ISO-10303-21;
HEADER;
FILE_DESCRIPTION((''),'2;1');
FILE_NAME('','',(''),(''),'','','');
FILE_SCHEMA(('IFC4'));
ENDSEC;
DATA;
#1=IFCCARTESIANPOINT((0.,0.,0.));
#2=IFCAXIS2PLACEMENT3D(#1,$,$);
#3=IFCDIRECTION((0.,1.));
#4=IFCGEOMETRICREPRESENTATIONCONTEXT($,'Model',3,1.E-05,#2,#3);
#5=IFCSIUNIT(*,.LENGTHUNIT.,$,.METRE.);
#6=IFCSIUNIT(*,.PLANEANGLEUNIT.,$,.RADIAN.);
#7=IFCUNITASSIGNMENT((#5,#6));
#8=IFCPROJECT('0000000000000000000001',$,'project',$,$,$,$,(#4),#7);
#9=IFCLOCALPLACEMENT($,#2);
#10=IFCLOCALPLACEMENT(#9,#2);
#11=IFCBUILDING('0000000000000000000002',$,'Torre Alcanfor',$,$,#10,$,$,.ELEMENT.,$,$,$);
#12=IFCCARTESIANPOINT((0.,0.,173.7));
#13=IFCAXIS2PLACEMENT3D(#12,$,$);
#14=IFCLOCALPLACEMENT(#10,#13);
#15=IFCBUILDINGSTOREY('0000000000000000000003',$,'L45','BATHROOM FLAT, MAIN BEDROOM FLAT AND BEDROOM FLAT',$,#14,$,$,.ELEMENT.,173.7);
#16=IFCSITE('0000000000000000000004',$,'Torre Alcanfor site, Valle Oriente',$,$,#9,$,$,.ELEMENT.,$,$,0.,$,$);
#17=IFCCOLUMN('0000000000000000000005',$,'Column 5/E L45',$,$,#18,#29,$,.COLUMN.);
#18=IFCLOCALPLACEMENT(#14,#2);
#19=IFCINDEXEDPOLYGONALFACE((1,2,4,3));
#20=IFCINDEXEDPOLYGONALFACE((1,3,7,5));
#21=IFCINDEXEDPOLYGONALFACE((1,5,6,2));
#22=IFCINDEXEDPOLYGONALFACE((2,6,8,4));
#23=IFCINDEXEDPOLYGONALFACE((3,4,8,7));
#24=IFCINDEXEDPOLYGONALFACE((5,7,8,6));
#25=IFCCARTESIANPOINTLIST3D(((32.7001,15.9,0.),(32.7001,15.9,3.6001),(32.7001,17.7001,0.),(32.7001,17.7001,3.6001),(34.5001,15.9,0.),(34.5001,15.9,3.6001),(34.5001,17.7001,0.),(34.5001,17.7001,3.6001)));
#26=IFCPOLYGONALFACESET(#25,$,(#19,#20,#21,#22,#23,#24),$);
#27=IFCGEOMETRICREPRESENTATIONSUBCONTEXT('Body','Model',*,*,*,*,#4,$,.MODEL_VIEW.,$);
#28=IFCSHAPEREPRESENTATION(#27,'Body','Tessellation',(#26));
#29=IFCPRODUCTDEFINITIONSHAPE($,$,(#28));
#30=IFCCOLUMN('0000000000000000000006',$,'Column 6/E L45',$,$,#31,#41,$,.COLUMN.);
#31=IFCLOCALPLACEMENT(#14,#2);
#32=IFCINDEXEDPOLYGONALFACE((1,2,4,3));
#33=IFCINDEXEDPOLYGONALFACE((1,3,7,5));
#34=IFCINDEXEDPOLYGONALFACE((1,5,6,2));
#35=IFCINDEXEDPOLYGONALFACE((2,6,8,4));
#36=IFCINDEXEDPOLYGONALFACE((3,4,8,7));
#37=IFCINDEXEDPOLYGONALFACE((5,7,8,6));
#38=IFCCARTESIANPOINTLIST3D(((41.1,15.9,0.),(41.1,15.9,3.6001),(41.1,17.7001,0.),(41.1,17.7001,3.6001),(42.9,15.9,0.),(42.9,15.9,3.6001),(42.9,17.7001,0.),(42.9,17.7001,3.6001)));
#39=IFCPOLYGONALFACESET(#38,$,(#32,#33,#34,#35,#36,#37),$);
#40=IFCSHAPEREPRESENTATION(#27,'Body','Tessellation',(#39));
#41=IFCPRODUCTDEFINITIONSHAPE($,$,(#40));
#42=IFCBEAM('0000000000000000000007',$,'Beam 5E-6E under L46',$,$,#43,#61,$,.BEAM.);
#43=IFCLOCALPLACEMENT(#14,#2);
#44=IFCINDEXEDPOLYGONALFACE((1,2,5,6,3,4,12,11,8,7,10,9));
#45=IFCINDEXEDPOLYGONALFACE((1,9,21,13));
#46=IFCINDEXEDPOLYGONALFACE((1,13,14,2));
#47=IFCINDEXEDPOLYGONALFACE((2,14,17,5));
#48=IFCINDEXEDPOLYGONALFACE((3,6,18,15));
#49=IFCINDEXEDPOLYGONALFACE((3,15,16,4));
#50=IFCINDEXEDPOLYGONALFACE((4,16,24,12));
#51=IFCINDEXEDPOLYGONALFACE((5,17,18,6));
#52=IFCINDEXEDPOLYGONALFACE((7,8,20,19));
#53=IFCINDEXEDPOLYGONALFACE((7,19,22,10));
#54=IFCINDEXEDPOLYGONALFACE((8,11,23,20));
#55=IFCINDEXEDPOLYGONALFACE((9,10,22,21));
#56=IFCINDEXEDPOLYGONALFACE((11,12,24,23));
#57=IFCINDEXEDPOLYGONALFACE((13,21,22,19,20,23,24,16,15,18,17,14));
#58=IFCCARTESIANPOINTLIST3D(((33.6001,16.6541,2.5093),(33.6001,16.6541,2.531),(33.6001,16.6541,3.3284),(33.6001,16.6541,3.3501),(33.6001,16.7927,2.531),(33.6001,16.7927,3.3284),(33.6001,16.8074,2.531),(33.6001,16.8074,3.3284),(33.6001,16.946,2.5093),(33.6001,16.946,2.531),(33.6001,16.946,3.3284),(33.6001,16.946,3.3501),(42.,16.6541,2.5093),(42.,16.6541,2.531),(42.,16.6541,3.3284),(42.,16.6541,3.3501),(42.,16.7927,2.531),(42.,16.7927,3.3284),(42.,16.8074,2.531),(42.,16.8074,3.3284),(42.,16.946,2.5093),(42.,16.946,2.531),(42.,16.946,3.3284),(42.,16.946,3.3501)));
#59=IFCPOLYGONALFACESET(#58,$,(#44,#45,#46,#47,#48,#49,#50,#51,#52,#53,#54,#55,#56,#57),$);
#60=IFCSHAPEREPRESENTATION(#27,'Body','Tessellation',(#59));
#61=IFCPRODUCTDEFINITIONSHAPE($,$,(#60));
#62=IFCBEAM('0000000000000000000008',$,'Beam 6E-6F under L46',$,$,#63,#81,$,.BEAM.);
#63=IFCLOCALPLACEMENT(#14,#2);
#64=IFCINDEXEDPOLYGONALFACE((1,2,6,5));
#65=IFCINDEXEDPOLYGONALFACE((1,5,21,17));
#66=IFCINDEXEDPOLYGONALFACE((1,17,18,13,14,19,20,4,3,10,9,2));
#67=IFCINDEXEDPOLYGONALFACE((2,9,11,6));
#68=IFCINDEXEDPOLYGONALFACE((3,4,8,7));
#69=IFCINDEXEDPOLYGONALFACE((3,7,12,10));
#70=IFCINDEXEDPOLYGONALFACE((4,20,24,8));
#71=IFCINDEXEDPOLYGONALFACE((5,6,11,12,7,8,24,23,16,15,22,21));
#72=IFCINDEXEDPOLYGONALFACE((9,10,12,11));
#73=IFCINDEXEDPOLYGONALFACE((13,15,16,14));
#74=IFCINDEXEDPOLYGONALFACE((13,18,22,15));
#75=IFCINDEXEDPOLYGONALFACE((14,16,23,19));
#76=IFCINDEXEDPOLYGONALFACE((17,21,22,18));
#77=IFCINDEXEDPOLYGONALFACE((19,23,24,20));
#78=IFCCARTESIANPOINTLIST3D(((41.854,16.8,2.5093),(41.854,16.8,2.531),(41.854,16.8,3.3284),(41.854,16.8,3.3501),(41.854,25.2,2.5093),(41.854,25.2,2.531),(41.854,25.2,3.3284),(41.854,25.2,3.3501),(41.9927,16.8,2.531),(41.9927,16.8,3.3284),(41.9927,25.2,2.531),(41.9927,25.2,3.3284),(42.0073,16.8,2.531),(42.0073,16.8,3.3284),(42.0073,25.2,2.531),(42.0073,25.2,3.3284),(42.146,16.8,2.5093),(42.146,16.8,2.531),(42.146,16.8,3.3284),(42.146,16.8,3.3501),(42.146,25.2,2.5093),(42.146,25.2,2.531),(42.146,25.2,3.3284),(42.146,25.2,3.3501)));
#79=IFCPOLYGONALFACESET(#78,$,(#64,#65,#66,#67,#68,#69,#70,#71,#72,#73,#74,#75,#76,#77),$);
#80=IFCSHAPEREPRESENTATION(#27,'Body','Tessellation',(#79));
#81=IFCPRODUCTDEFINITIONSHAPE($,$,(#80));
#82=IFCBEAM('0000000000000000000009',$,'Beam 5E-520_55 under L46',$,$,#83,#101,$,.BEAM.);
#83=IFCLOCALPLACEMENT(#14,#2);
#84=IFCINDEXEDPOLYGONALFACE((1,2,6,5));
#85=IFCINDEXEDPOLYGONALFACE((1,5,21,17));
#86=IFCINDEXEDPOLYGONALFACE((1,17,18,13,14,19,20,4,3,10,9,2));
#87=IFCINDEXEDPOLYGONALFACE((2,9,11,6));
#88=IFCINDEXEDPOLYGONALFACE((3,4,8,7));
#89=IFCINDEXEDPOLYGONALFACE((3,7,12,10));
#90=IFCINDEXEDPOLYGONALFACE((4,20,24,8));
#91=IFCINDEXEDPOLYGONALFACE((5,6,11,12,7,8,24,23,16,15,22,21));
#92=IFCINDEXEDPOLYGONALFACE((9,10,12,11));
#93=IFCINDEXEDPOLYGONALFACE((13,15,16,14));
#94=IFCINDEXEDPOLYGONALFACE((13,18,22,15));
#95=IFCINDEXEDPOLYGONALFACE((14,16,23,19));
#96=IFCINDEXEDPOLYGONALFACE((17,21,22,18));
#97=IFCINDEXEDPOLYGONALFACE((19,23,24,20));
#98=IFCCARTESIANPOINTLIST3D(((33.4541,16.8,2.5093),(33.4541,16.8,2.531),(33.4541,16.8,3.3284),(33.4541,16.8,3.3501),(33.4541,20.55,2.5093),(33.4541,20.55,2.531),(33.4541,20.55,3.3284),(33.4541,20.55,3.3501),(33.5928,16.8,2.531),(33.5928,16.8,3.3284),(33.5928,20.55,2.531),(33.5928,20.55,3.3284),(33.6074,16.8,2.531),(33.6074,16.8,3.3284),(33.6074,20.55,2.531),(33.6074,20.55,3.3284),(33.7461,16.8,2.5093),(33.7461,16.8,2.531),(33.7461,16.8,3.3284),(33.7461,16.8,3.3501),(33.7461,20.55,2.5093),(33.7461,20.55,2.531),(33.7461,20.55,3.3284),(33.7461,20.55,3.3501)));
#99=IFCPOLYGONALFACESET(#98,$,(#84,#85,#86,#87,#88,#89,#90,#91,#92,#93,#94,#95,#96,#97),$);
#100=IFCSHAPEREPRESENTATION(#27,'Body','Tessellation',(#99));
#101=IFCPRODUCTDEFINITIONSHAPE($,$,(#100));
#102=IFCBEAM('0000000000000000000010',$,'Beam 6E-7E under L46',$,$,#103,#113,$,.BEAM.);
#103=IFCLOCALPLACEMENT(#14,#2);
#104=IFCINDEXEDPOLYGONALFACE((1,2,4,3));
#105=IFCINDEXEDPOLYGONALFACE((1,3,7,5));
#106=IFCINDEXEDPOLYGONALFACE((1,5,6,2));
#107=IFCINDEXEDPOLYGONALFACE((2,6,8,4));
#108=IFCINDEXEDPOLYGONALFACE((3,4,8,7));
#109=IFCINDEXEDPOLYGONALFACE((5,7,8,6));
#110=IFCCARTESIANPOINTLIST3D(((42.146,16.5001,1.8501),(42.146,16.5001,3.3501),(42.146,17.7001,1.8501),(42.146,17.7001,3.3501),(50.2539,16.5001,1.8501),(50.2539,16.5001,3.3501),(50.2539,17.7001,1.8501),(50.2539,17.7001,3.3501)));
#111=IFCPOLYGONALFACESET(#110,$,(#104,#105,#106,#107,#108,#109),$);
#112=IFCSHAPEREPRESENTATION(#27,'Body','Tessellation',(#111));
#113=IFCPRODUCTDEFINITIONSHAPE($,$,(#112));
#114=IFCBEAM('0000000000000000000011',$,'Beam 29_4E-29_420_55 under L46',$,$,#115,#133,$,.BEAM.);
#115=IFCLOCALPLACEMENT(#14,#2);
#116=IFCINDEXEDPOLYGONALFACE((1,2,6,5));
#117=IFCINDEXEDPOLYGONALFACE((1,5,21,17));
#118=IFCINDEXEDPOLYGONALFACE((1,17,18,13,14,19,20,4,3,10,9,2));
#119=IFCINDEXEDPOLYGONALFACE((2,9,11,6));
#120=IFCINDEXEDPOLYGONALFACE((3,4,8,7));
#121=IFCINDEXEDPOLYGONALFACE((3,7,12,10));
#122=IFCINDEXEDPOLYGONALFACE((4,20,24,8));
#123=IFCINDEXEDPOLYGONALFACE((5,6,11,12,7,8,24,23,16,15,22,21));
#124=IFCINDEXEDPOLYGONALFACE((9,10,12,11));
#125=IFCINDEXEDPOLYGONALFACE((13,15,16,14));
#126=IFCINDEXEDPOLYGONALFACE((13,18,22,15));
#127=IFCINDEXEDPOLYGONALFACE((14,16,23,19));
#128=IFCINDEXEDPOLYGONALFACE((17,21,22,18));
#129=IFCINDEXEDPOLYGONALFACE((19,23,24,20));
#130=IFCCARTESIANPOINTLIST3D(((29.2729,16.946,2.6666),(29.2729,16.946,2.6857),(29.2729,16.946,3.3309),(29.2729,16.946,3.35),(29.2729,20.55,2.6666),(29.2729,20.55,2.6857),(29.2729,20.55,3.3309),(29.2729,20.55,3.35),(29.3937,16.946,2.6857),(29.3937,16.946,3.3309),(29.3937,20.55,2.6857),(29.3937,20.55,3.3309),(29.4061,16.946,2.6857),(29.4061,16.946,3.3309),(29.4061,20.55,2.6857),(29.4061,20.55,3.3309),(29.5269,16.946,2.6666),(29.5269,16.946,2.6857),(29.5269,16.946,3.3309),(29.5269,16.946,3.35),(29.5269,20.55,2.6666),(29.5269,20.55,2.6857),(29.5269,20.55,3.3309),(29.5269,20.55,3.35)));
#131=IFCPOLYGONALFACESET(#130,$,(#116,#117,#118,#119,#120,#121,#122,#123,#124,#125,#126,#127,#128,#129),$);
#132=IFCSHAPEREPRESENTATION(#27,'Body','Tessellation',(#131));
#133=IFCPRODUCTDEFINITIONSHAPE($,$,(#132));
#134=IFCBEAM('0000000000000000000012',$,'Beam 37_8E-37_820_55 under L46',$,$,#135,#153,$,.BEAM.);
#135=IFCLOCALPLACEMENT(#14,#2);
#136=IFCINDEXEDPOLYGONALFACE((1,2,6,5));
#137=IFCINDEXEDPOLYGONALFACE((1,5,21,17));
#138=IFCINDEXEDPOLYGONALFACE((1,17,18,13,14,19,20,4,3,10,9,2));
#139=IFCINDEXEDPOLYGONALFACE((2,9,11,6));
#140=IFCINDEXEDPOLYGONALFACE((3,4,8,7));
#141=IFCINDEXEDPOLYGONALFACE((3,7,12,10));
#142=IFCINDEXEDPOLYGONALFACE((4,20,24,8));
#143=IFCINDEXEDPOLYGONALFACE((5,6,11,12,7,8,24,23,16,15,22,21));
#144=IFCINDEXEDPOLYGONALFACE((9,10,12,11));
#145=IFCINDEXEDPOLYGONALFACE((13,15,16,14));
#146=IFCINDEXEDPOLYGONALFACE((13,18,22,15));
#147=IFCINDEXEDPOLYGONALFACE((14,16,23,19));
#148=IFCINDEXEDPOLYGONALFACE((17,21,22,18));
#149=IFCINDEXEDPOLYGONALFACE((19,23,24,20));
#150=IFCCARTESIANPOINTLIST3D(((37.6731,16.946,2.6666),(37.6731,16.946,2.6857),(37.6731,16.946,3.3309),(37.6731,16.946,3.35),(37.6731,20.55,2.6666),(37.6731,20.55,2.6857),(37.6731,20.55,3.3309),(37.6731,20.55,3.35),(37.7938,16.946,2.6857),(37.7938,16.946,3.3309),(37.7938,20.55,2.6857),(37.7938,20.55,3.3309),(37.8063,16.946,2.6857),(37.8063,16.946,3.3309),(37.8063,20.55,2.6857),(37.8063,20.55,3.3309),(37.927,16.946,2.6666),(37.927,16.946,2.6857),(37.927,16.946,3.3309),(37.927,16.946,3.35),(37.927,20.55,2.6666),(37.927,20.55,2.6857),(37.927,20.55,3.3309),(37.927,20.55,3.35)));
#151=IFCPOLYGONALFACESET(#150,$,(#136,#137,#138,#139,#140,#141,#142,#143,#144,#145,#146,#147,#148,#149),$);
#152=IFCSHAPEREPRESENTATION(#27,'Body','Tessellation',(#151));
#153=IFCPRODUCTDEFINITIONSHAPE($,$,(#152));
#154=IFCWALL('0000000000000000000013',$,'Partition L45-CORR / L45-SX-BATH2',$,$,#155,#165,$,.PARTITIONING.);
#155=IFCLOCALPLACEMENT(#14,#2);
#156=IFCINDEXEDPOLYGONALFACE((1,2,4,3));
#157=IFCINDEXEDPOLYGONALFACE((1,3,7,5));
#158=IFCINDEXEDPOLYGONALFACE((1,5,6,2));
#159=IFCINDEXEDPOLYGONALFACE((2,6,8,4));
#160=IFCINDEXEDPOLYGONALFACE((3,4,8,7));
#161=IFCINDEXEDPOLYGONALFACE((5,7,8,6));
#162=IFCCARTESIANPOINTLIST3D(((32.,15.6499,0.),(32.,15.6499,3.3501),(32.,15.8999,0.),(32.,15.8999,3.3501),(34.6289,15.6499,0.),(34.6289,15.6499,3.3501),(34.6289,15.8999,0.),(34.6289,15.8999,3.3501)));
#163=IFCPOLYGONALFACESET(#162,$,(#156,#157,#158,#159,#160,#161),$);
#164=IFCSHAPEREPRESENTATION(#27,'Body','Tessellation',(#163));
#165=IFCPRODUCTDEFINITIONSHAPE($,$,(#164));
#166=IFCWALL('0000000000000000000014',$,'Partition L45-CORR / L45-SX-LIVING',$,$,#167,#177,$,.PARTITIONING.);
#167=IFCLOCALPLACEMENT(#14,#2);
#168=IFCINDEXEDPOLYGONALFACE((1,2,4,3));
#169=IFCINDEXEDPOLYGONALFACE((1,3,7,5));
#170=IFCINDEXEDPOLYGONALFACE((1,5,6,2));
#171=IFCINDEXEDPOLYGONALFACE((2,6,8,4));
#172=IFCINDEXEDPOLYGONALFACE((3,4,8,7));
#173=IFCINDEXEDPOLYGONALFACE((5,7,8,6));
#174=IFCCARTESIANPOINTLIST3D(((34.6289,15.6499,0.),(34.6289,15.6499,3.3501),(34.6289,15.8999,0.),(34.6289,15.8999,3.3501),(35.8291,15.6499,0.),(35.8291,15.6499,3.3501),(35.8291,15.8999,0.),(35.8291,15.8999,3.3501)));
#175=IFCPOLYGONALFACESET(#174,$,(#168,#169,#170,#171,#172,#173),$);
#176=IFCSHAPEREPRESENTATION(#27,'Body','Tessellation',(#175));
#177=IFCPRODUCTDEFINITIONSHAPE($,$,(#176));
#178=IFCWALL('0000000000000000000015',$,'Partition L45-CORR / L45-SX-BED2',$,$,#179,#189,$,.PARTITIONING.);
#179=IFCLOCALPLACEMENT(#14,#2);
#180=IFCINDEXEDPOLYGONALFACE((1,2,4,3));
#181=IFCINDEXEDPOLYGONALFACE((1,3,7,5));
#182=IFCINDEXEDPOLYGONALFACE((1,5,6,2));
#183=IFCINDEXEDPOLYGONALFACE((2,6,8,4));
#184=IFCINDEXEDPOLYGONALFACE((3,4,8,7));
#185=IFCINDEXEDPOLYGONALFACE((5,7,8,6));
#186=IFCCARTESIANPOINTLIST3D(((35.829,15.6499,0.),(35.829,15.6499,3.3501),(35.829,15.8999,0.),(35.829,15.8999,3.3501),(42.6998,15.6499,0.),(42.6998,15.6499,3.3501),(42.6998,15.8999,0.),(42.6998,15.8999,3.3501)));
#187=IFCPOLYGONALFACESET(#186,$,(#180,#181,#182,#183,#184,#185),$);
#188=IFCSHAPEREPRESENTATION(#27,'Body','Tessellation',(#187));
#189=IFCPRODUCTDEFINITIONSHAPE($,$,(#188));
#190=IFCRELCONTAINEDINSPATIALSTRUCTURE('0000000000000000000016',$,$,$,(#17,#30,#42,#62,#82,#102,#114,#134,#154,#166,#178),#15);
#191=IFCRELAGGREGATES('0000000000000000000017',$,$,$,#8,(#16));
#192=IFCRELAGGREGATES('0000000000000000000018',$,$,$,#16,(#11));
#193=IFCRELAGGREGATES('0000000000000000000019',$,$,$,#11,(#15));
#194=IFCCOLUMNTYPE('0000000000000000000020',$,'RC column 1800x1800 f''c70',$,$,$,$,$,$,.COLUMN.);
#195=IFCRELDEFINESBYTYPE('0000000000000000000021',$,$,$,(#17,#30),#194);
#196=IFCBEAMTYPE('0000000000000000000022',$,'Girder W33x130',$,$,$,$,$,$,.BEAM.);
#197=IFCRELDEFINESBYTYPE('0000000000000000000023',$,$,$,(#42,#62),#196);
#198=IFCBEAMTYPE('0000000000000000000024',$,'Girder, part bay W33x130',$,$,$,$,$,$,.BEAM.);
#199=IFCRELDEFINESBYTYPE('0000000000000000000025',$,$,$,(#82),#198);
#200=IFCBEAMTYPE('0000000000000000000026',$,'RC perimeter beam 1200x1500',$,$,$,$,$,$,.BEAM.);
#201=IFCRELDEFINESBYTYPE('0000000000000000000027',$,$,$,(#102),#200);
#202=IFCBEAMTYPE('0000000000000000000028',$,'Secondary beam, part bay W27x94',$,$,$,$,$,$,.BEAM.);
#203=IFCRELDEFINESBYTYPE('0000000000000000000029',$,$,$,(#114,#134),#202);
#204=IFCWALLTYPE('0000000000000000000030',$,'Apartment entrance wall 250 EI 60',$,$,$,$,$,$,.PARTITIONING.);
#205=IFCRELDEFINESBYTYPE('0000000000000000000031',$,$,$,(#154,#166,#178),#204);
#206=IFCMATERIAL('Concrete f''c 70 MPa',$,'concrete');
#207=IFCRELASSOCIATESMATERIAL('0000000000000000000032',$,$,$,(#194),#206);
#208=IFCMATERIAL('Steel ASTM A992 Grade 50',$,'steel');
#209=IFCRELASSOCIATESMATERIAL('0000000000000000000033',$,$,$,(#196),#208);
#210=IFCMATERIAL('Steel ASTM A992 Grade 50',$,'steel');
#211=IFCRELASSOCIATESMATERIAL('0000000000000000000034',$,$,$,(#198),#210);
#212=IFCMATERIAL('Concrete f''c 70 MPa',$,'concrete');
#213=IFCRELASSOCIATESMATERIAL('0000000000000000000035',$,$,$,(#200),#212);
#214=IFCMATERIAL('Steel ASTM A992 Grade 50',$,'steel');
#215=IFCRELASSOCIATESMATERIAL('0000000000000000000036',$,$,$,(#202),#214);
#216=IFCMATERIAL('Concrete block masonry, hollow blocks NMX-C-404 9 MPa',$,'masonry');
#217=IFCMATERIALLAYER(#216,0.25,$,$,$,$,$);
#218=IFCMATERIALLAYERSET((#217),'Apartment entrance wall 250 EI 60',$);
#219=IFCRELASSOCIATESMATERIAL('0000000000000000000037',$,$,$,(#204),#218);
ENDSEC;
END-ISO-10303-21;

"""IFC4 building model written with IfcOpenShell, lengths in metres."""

from ifc_helpers import new_model, si_unit, direction, frame, frame_2d, origin, origin_2d, place, context, subcontext, project, spatial, rectangle, i_section, extrude, material, layer, layer_set, material_profile, profile_set, type_object, element, save


model = new_model("IFC4")

# Units and contexts
model_context = context("Model", 3, precision=1e-05, world=origin(), true_north=direction((0.0, 1.0)))
body_context = subcontext(model_context, "Body", "Model", "MODEL_VIEW")
ifc_project = project(units=[si_unit("LENGTHUNIT", "METRE"), si_unit("PLANEANGLEUNIT", "RADIAN")], contexts=[model_context])

# Site, building, storey
site_placement = place(None, origin())
site = spatial("IfcSite", under=ifc_project, at=site_placement, Name="Torre Alcanfor site, Valle Oriente", CompositionType="ELEMENT", RefElevation=0.0)
building_placement = place(site_placement, origin())
building = spatial("IfcBuilding", under=site, at=building_placement, Name="Torre Alcanfor", CompositionType="ELEMENT")
storey_placement = place(building_placement, frame((0.0, 0.0, 173.7)))
storey = spatial("IfcBuildingStorey", under=building, at=storey_placement, Name="L45", Description="BATHROOM FLAT, MAIN BEDROOM FLAT AND BEDROOM FLAT", CompositionType="ELEMENT", Elevation=173.7)

# Columns
ifc_material_1 = material(Name="Concrete f'c 70 MPa", Category="concrete")
ifc_material_profile_1 = material_profile(ifc_material_1, rectangle(XDim=1.8, YDim=1.8, at=origin_2d()), Name="1800x1800")
ifc_profile_set_1 = profile_set([ifc_material_profile_1], Name="Concrete f'c 70 MPa")
column_type = type_object("IfcColumnType", Name="RC column 1800x1800 f'c70", PredefinedType="COLUMN", material=ifc_profile_set_1)
for number, where, z_axis, x_axis, name in (
    (1, (33.6001, 16.8, 0.0), (0.0, 0.0, 1.0), (1.0, 0.0, 0.0), "Column 5/E L45"),
    (2, (42.0, 16.8, 0.0), (0.0, 0.0, 1.0), (1.0, 0.0, 0.0), "Column 6/E L45"),
):
    element("IfcColumn", number, at=place(storey_placement, frame(where, z_axis=z_axis, x_axis=x_axis)), inside=storey, type_object=column_type, Name=name, PredefinedType="COLUMN", context=body_context, shape_type="SweptSolid", body=[
        extrude(rectangle(XDim=1.8, YDim=1.8, at=origin_2d()), origin(), (0.0, 0.0, 1.0), 3.6001),
    ])

# Beams
ifc_material_2 = material(Name="Steel ASTM A992 Grade 50", Category="steel")
ifc_material_profile_2 = material_profile(ifc_material_2, i_section(OverallWidth=0.292, OverallDepth=0.8408, WebThickness=0.0146, FlangeThickness=0.0217, at=origin_2d()), Name="W33x130")
ifc_profile_set_2 = profile_set([ifc_material_profile_2], Name="Steel ASTM A992 Grade 50")
beam_type_1 = type_object("IfcBeamType", Name="Girder W33x130", PredefinedType="BEAM", material=ifc_profile_set_2)
for number, where, z_axis, x_axis, name in (
    (3, (33.6001, 16.8, 2.9297), (1.0, 0.0, 0.0), (0.0, 1.0, 0.0), "Beam 5E-6E under L46"),
    (4, (42.0, 16.8, 2.9297), (0.0, 1.0, 0.0), (-1.0, 0.0, 0.0), "Beam 6E-6F under L46"),
):
    element("IfcBeam", number, at=place(storey_placement, frame(where, z_axis=z_axis, x_axis=x_axis)), inside=storey, type_object=beam_type_1, Name=name, PredefinedType="BEAM", context=body_context, shape_type="SweptSolid", body=[
        extrude(i_section(OverallWidth=0.292, OverallDepth=0.8408, WebThickness=0.0146, FlangeThickness=0.0217, at=origin_2d()), origin(), (0.0, 0.0, 1.0), 8.3999),
    ])
ifc_material_3 = material(Name="Steel ASTM A992 Grade 50", Category="steel")
ifc_material_profile_3 = material_profile(ifc_material_3, i_section(OverallWidth=0.292, OverallDepth=0.8408, WebThickness=0.0146, FlangeThickness=0.0217, at=origin_2d()), Name="W33x130")
ifc_profile_set_3 = profile_set([ifc_material_profile_3], Name="Steel ASTM A992 Grade 50")
beam_type_2 = type_object("IfcBeamType", Name="Girder, part bay W33x130", PredefinedType="BEAM", material=ifc_profile_set_3)
beam_1_placement = place(storey_placement, frame((33.6001, 16.8, 2.9297), z_axis=(0.0, 1.0, 0.0), x_axis=(-1.0, 0.0, 0.0)))
element("IfcBeam", 5, at=beam_1_placement, inside=storey, type_object=beam_type_2, Name="Beam 5E-520_55 under L46", PredefinedType="BEAM", context=body_context, shape_type="SweptSolid", body=[
    extrude(i_section(OverallWidth=0.292, OverallDepth=0.8408, WebThickness=0.0146, FlangeThickness=0.0217, at=origin_2d()), origin(), (0.0, 0.0, 1.0), 3.75),
])
ifc_material_4 = material(Name="Concrete f'c 70 MPa", Category="concrete")
ifc_material_profile_4 = material_profile(ifc_material_4, rectangle(XDim=1.2, YDim=1.5, at=origin_2d()), Name="1200x1500")
ifc_profile_set_4 = profile_set([ifc_material_profile_4], Name="Concrete f'c 70 MPa")
beam_type_3 = type_object("IfcBeamType", Name="RC perimeter beam 1200x1500", PredefinedType="BEAM", material=ifc_profile_set_4)
beam_2_placement = place(storey_placement, frame((42.146, 17.1001, 2.6001), z_axis=(1.0, 0.0, 0.0), x_axis=(0.0, 1.0, 0.0)))
element("IfcBeam", 6, at=beam_2_placement, inside=storey, type_object=beam_type_3, Name="Beam 6E-7E under L46", PredefinedType="BEAM", context=body_context, shape_type="SweptSolid", body=[
    extrude(rectangle(XDim=1.2, YDim=1.5, at=origin_2d()), origin(), (0.0, 0.0, 1.0), 8.1079),
])
ifc_material_5 = material(Name="Steel ASTM A992 Grade 50", Category="steel")
ifc_material_profile_5 = material_profile(ifc_material_5, i_section(OverallWidth=0.2539, OverallDepth=0.6833, WebThickness=0.0125, FlangeThickness=0.019, at=origin_2d()), Name="W27x94")
ifc_profile_set_5 = profile_set([ifc_material_profile_5], Name="Steel ASTM A992 Grade 50")
beam_type_4 = type_object("IfcBeamType", Name="Secondary beam, part bay W27x94", PredefinedType="BEAM", material=ifc_profile_set_5)
for number, where, z_axis, x_axis, name in (
    (7, (29.3999, 16.946, 3.0083), (0.0, 1.0, 0.0), (-1.0, 0.0, 0.0), "Beam 29_4E-29_420_55 under L46"),
    (8, (37.8, 16.946, 3.0083), (0.0, 1.0, 0.0), (-1.0, 0.0, 0.0), "Beam 37_8E-37_820_55 under L46"),
):
    element("IfcBeam", number, at=place(storey_placement, frame(where, z_axis=z_axis, x_axis=x_axis)), inside=storey, type_object=beam_type_4, Name=name, PredefinedType="BEAM", context=body_context, shape_type="SweptSolid", body=[
        extrude(i_section(OverallWidth=0.2539, OverallDepth=0.6833, WebThickness=0.0125, FlangeThickness=0.019, at=origin_2d()), origin(), (0.0, 0.0, 1.0), 3.604),
    ])

# Walls
ifc_material_6 = material(Name="Concrete block masonry, hollow blocks NMX-C-404 9 MPa", Category="masonry")
ifc_layer_1 = layer(ifc_material_6, 0.25)
ifc_layer_set_1 = layer_set([ifc_layer_1], Name="Apartment entrance wall 250 EI 60")
wall_type_1 = type_object("IfcWallType", Name="Apartment entrance wall 250 EI 60", PredefinedType="PARTITIONING", material=ifc_layer_set_1)
wall_1_placement = place(storey_placement, frame((34.6289, 15.7749, 0.0), z_axis=(0.0, 0.0, 1.0), x_axis=(-1.0, 0.0, 0.0)))
element("IfcWall", 9, at=wall_1_placement, inside=storey, type_object=wall_type_1, Name="Partition L45-CORR / L45-SX-BATH2", PredefinedType="PARTITIONING", context=body_context, shape_type="SweptSolid", body=[
    extrude(rectangle(XDim=2.6289, YDim=0.25, at=frame_2d((1.3145, 0.0))), origin(), (0.0, 0.0, 1.0), 3.3501),
])
wall_2_placement = place(storey_placement, frame((35.8291, 15.7749, 0.0), z_axis=(0.0, 0.0, 1.0), x_axis=(-1.0, 0.0, 0.0)))
element("IfcWall", 10, at=wall_2_placement, inside=storey, type_object=wall_type_1, Name="Partition L45-CORR / L45-SX-LIVING", PredefinedType="PARTITIONING", context=body_context, shape_type="SweptSolid", body=[
    extrude(rectangle(XDim=1.2002, YDim=0.25, at=frame_2d((0.6001, 0.0))), origin(), (0.0, 0.0, 1.0), 3.3501),
])
wall_3_placement = place(storey_placement, frame((42.7, 15.7749, 0.0), z_axis=(0.0, 0.0, 1.0), x_axis=(-1.0, 0.0, 0.0)))
element("IfcWall", 11, at=wall_3_placement, inside=storey, type_object=wall_type_1, Name="Partition L45-CORR / L45-SX-BED2", PredefinedType="PARTITIONING", context=body_context, shape_type="SweptSolid", body=[
    extrude(rectangle(XDim=6.8708, YDim=0.25, at=frame_2d((3.4355, 0.0))), origin(), (0.0, 0.0, 1.0), 3.3501),
])

save(model, "model.ifc")
